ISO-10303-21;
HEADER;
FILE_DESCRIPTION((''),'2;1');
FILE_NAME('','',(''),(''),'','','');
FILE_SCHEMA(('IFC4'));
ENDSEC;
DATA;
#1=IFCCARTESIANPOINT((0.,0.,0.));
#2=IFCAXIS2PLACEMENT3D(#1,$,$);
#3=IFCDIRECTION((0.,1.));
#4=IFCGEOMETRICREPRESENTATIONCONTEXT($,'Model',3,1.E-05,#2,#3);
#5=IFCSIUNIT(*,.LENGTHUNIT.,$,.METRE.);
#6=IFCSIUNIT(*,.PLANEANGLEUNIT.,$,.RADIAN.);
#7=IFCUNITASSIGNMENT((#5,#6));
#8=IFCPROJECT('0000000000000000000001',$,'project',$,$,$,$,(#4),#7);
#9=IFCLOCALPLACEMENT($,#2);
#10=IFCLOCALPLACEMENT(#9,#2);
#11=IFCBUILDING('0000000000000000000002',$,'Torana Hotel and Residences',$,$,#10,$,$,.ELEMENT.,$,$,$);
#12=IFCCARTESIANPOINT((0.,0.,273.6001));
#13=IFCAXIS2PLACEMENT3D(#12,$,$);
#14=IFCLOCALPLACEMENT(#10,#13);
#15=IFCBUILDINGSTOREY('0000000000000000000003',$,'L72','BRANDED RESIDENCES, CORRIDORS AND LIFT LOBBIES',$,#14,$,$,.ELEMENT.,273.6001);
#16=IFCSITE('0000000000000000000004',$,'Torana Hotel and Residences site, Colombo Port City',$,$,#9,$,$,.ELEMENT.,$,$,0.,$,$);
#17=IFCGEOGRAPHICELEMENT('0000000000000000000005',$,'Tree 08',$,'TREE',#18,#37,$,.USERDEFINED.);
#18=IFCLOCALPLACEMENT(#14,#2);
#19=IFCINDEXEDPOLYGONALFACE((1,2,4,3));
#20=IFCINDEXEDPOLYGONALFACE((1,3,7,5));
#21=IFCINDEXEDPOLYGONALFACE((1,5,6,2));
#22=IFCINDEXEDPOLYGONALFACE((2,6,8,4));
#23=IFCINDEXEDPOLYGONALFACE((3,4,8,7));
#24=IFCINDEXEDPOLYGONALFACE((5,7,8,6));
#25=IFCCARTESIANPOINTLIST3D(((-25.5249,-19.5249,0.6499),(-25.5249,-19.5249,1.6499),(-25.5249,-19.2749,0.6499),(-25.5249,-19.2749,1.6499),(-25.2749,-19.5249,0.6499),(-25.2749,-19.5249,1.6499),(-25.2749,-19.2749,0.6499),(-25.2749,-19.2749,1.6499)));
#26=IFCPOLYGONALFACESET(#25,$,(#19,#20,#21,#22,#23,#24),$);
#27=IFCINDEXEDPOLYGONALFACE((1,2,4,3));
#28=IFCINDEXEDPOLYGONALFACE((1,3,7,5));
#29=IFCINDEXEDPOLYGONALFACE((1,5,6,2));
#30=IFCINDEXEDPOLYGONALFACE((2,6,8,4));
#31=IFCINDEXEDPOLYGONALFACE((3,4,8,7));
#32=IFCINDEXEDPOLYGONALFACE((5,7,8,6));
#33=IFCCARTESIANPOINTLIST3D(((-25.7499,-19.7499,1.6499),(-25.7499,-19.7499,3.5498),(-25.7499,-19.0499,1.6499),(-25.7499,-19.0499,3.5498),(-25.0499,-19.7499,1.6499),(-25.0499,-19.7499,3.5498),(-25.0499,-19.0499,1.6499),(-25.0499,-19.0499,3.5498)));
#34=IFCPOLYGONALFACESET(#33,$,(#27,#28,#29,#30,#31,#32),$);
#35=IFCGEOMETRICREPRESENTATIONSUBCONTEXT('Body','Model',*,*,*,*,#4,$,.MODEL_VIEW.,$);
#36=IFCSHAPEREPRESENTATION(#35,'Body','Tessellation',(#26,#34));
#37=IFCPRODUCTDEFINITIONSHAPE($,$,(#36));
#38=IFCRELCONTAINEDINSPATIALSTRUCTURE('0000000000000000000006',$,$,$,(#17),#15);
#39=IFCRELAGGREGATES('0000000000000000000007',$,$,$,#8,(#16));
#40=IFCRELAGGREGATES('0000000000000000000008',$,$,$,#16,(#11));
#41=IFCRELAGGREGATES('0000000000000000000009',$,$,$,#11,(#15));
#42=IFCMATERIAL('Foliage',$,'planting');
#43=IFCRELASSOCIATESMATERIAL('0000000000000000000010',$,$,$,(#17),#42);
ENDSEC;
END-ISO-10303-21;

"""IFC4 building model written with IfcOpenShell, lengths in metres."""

from ifc_helpers import new_model, si_unit, direction, frame, origin, origin_2d, place, context, subcontext, project, spatial, rectangle, extrude, material, element, save


model = new_model("IFC4")

# Units and contexts
model_context = context("Model", 3, precision=1e-05, world=origin(), true_north=direction((0.0, 1.0)))
body_context = subcontext(model_context, "Body", "Model", "MODEL_VIEW")
ifc_project = project(units=[si_unit("LENGTHUNIT", "METRE"), si_unit("PLANEANGLEUNIT", "RADIAN")], contexts=[model_context])

# Site, building, storey
site_placement = place(None, origin())
site = spatial("IfcSite", under=ifc_project, at=site_placement, Name="Torana Hotel and Residences site, Colombo Port City", CompositionType="ELEMENT", RefElevation=0.0)
building_placement = place(site_placement, origin())
building = spatial("IfcBuilding", under=site, at=building_placement, Name="Torana Hotel and Residences", CompositionType="ELEMENT")
storey_placement = place(building_placement, frame((0.0, 0.0, 273.6001)))
storey = spatial("IfcBuildingStorey", under=building, at=storey_placement, Name="L72", Description="BRANDED RESIDENCES, CORRIDORS AND LIFT LOBBIES", CompositionType="ELEMENT", Elevation=273.6001)

# Geographic element
ifc_material_1 = material(Name="Foliage", Category="planting")
geographic_element_placement = place(storey_placement, frame((-25.3999, -19.3999, 0.6499), z_axis=(0.0, 0.0, 1.0), x_axis=(1.0, 0.0, 0.0)))
element("IfcGeographicElement", 1, at=geographic_element_placement, inside=storey, material=ifc_material_1, Name="Tree 08", ObjectType="TREE", PredefinedType="USERDEFINED", context=body_context, shape_type="SweptSolid", body=[
    extrude(rectangle(XDim=0.25, YDim=0.25, at=origin_2d()), origin(), (0.0, 0.0, 1.0), 1.0),
    extrude(rectangle(XDim=0.7, YDim=0.7, at=origin_2d()), frame((0.0, 0.0, 1.0)), (0.0, 0.0, 1.0), 1.8999),
])

save(model, "model.ifc")
